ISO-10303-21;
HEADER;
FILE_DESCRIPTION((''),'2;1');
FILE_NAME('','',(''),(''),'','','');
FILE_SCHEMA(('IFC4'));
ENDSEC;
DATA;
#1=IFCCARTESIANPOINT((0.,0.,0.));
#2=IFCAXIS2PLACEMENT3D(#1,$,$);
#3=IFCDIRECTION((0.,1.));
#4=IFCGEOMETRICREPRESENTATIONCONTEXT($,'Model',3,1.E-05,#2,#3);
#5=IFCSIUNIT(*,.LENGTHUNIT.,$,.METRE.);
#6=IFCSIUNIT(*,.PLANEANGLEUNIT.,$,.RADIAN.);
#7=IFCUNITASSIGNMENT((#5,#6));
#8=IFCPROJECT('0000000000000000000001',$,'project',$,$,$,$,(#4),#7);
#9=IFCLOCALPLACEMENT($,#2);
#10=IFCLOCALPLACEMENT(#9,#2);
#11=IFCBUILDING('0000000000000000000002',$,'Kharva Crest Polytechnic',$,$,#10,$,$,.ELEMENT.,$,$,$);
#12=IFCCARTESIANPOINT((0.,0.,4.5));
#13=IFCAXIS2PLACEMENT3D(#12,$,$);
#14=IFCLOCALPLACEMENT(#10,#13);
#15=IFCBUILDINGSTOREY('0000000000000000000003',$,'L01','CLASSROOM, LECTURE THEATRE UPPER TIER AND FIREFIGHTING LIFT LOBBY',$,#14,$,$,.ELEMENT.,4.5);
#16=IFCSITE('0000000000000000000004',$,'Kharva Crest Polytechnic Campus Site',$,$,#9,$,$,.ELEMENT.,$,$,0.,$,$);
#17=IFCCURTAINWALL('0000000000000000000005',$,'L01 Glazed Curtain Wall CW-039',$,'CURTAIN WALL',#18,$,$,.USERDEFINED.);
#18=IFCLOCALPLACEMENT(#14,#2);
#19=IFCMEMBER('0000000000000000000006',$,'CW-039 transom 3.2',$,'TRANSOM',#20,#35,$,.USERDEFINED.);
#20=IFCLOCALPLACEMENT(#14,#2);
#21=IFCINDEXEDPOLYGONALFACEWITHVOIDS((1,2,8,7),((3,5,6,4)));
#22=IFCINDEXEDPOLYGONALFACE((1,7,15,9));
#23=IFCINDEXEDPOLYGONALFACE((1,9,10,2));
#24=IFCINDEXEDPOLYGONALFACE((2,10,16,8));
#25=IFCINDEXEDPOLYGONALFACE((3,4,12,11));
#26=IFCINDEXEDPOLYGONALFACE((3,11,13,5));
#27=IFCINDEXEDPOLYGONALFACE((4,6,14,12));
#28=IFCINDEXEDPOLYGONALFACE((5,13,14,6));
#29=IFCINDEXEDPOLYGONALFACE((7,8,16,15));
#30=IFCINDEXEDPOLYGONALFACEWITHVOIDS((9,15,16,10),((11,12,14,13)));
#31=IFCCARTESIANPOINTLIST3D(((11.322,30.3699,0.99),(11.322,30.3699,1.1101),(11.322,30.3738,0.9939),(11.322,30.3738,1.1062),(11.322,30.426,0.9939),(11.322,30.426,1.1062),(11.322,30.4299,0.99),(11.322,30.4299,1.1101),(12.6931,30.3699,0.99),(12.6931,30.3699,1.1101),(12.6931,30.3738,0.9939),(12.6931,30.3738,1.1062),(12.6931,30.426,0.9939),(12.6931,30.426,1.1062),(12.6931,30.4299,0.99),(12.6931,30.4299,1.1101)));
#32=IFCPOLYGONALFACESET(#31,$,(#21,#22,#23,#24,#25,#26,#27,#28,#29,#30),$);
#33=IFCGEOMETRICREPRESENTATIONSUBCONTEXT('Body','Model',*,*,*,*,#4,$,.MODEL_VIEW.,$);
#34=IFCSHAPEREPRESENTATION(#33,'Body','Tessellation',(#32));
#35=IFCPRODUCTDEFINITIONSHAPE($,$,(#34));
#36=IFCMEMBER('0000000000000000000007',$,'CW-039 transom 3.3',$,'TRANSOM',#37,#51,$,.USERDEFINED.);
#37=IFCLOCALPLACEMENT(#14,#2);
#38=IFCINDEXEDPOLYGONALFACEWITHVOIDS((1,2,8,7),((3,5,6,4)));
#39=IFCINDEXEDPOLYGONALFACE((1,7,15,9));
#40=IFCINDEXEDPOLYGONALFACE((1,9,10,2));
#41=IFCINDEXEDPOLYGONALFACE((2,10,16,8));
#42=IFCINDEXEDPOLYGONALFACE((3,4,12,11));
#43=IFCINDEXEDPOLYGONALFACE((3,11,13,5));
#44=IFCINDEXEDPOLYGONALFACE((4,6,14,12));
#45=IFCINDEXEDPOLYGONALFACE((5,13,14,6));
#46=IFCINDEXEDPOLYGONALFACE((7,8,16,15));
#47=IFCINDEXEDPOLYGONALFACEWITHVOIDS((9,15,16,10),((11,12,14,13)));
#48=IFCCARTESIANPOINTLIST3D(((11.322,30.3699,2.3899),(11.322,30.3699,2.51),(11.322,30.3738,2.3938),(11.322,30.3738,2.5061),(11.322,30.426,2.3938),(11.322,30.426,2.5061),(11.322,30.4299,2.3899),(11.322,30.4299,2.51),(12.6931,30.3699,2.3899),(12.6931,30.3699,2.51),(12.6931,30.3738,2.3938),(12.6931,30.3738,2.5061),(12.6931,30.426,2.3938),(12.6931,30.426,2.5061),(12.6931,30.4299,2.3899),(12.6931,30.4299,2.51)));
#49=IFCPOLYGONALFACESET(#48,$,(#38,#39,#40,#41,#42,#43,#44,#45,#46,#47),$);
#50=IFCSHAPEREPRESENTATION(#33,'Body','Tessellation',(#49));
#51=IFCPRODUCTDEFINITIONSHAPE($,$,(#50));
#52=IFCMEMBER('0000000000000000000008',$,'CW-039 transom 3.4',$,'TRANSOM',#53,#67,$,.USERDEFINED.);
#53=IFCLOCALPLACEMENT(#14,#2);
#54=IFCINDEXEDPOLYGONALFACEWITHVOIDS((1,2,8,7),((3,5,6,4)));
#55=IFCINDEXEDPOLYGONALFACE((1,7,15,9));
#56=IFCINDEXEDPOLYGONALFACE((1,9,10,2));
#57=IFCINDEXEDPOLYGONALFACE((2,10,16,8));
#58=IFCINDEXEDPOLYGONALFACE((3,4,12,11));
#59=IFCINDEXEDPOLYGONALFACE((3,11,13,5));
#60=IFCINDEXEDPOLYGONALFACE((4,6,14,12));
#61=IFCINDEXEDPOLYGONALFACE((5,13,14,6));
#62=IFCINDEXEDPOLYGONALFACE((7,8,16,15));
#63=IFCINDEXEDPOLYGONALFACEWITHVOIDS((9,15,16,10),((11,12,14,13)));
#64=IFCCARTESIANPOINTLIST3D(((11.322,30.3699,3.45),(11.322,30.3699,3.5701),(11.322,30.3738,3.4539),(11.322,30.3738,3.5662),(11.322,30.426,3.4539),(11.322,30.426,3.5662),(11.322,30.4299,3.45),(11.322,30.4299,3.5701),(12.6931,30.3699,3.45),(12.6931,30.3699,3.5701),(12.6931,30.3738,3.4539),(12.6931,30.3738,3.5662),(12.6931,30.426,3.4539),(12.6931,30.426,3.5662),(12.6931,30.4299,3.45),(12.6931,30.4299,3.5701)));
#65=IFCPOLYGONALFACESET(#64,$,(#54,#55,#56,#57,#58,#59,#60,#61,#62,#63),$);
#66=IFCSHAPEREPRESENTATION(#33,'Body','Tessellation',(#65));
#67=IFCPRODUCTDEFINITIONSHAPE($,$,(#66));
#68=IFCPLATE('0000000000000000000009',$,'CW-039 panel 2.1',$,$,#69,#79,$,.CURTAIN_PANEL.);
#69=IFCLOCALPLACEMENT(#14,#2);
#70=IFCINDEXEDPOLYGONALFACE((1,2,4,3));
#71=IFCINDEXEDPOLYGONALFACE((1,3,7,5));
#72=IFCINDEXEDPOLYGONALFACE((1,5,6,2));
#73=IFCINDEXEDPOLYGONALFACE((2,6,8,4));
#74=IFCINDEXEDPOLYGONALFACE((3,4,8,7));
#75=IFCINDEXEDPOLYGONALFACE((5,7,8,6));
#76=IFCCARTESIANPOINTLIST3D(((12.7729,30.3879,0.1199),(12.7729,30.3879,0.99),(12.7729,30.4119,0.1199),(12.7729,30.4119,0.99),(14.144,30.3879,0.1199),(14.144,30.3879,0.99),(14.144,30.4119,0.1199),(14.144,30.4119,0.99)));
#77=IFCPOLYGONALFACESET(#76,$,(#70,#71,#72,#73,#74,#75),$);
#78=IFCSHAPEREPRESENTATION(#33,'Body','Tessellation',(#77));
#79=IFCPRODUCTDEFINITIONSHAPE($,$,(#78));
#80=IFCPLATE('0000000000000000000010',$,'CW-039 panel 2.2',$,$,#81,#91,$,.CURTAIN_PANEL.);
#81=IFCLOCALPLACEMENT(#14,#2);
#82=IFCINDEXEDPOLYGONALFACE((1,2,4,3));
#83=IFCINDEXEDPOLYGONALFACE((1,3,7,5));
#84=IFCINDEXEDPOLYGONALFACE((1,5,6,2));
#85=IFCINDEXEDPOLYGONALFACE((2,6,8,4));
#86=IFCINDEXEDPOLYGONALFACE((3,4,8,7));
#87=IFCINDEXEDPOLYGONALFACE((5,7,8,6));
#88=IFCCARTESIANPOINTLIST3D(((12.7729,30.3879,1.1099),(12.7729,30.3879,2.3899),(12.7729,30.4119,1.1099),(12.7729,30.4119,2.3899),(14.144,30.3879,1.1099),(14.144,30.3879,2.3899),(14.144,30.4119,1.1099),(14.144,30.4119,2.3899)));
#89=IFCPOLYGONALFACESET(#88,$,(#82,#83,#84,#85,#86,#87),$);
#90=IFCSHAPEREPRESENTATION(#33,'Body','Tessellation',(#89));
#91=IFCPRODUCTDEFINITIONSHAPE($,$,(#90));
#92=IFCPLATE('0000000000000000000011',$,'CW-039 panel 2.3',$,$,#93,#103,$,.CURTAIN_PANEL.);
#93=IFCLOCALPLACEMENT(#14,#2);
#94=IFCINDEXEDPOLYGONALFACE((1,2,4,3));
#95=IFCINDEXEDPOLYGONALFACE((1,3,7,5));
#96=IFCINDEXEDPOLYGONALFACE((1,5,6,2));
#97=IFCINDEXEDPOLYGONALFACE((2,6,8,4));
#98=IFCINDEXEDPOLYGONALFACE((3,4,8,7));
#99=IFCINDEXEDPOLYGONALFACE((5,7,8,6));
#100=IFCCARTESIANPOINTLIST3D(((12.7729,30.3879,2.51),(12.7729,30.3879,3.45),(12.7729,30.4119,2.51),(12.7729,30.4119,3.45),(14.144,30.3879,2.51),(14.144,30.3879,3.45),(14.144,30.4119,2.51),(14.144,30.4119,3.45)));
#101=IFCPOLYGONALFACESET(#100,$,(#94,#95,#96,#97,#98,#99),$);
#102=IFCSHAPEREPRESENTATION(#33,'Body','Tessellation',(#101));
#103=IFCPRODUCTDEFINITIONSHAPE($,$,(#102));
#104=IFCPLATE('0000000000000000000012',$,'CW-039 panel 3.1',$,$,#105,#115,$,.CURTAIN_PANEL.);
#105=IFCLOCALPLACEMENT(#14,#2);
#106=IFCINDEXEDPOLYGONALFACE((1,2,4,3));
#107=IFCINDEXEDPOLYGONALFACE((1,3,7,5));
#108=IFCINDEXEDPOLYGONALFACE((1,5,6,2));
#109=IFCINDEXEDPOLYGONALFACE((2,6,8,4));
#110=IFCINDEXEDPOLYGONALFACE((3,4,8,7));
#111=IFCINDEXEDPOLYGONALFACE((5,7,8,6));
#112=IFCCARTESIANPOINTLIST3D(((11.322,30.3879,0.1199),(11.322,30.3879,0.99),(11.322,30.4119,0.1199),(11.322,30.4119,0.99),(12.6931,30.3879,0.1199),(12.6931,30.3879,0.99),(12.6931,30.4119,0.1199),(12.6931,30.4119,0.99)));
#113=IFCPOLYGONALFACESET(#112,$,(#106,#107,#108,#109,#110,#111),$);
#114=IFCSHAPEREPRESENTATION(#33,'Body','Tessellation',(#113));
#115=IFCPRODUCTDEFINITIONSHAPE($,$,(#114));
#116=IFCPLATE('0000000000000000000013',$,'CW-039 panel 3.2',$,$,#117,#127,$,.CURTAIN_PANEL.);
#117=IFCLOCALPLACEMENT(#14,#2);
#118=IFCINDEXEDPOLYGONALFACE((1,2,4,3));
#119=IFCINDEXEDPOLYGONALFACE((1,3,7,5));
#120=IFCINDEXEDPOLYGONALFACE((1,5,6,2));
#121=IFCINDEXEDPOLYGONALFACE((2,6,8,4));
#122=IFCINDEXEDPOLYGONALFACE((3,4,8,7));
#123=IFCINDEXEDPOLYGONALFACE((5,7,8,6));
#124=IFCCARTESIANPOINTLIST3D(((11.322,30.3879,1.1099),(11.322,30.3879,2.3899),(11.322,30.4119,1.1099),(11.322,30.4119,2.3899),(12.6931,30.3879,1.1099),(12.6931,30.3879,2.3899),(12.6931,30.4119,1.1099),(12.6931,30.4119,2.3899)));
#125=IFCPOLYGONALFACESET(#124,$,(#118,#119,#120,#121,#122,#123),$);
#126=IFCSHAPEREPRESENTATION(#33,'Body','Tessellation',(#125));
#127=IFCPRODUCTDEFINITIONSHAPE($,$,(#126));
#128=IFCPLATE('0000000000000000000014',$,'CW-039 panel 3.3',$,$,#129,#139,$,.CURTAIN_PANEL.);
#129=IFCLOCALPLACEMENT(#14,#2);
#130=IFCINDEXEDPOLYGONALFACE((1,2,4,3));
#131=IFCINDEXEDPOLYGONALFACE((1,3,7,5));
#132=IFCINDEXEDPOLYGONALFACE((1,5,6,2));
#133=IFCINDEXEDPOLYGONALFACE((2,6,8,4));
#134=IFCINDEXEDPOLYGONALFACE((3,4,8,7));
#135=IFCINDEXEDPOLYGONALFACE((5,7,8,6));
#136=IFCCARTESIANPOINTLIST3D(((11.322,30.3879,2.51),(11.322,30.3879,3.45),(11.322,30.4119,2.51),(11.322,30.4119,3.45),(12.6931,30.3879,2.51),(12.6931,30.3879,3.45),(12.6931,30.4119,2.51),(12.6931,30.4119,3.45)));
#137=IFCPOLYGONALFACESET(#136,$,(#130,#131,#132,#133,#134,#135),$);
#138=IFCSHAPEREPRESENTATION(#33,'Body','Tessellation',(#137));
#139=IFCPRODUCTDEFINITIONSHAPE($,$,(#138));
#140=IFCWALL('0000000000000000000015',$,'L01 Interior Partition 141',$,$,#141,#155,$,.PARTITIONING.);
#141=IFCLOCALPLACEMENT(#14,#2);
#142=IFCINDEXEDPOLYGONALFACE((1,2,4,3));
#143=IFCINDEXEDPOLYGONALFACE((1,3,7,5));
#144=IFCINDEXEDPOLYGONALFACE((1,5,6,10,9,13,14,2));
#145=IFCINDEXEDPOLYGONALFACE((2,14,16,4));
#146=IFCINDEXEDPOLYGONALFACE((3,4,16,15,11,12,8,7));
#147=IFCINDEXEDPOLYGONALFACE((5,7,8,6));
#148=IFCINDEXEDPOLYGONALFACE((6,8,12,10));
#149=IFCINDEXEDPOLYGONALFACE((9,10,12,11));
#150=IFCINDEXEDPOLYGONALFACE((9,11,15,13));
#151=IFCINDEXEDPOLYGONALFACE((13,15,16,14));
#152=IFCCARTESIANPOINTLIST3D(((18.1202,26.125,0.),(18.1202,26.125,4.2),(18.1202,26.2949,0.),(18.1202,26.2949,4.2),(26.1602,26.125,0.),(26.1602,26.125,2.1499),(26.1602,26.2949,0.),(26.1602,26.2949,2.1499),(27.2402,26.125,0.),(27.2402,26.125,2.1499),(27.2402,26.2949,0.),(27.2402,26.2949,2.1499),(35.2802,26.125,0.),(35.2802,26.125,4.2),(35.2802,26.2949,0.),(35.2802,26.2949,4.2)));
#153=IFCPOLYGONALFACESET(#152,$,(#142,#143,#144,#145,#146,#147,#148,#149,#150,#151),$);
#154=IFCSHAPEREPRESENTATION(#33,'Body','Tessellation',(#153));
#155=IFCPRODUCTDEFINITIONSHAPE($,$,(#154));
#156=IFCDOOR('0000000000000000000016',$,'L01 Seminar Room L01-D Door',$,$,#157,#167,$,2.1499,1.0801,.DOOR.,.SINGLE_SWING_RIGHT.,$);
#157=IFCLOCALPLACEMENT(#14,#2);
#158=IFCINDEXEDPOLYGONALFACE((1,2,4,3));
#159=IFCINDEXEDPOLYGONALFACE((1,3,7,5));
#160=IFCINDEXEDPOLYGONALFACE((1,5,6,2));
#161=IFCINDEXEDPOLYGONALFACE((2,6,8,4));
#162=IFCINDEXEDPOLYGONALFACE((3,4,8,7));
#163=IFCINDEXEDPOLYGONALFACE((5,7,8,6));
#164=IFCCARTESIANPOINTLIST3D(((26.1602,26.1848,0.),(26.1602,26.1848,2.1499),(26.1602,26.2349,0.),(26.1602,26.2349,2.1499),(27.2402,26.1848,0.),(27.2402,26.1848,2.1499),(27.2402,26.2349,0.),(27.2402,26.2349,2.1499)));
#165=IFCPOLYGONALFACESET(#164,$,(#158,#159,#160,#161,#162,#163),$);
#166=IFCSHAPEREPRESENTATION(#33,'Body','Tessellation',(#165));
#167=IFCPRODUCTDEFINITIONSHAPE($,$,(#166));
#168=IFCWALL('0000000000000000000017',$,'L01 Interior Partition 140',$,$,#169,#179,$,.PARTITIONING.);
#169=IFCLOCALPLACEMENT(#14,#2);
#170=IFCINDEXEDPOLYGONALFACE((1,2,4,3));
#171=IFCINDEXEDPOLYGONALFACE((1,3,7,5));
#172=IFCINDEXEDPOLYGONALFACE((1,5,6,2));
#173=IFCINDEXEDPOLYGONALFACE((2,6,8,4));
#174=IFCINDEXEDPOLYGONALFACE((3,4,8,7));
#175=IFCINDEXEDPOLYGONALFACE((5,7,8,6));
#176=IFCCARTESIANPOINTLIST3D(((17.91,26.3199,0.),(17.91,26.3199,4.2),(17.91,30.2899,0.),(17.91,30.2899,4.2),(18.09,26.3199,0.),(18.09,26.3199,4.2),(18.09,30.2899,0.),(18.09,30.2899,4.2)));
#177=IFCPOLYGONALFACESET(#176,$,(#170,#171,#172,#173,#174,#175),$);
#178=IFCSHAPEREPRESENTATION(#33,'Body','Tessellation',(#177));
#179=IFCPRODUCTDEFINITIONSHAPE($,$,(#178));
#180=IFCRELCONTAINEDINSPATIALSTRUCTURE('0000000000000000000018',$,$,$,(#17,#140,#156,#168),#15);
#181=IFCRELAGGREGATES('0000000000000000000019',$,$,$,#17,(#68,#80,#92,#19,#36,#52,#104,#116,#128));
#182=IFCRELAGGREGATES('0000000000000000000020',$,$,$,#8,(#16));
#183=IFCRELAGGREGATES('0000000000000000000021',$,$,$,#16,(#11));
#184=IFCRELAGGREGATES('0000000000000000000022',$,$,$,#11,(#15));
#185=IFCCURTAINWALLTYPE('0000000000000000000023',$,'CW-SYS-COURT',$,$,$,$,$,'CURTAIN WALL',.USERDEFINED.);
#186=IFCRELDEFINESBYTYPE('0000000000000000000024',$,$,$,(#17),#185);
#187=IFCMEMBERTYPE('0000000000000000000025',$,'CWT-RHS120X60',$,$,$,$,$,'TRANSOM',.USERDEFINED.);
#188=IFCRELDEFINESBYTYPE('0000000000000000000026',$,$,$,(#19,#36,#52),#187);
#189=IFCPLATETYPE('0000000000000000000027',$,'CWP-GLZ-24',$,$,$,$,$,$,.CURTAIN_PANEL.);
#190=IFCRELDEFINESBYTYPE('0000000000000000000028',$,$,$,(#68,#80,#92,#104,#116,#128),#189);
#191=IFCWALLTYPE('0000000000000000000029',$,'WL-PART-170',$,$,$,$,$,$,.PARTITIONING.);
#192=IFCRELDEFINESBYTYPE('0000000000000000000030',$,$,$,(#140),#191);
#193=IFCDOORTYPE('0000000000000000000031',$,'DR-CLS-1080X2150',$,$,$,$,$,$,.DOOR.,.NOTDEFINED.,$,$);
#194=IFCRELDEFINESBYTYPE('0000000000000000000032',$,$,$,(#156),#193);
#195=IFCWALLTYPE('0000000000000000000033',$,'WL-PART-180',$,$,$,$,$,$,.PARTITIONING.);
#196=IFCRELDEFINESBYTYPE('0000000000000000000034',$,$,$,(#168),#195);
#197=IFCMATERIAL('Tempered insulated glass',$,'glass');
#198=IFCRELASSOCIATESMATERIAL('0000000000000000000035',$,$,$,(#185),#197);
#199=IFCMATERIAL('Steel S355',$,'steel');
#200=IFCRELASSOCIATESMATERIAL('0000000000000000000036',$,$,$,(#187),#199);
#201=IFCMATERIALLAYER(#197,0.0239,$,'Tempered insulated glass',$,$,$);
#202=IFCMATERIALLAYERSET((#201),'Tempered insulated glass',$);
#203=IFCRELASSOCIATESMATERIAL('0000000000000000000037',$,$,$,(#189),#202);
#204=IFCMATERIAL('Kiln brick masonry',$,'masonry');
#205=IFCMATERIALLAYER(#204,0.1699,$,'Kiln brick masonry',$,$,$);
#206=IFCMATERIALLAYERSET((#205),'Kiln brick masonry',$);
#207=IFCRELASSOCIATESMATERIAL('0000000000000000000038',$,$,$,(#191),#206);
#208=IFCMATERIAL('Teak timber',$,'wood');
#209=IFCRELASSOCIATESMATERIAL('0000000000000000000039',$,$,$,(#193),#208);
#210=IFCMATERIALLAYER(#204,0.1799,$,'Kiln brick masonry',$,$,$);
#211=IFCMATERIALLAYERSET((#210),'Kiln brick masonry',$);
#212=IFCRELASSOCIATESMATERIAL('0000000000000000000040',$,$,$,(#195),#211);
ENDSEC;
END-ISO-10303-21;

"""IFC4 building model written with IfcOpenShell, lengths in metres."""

from ifc_helpers import new_model, si_unit, direction, frame, frame_2d, origin, origin_2d, place, context, subcontext, project, spatial, rectangle, hollow_rectangle, extrude, material, layer, layer_set, material_profile, profile_set, type_object, element, fill, aggregate, save


model = new_model("IFC4")

# Units and contexts
model_context = context("Model", 3, precision=1e-05, world=origin(), true_north=direction((0.0, 1.0)))
body_context = subcontext(model_context, "Body", "Model", "MODEL_VIEW")
ifc_project = project(units=[si_unit("LENGTHUNIT", "METRE"), si_unit("PLANEANGLEUNIT", "RADIAN")], contexts=[model_context])

# Site, building, storey
site_placement = place(None, origin())
site = spatial("IfcSite", under=ifc_project, at=site_placement, Name="Kharva Crest Polytechnic Campus Site", CompositionType="ELEMENT", RefElevation=0.0)
building_placement = place(site_placement, origin())
building = spatial("IfcBuilding", under=site, at=building_placement, Name="Kharva Crest Polytechnic", CompositionType="ELEMENT")
storey_placement = place(building_placement, frame((0.0, 0.0, 4.5)))
storey = spatial("IfcBuildingStorey", under=building, at=storey_placement, Name="L01", Description="CLASSROOM, LECTURE THEATRE UPPER TIER AND FIREFIGHTING LIFT LOBBY", CompositionType="ELEMENT", Elevation=4.5)

# Curtain wall, members, plates
ifc_material_1 = material(Name="Tempered insulated glass", Category="glass")
curtain_wall_type = type_object("IfcCurtainWallType", Name="CW-SYS-COURT", ElementType="CURTAIN WALL", PredefinedType="USERDEFINED", material=ifc_material_1)
curtain_wall_placement = place(storey_placement, origin())
curtain_wall = element("IfcCurtainWall", 1, at=curtain_wall_placement, inside=storey, type_object=curtain_wall_type, Name="L01 Glazed Curtain Wall CW-039", ObjectType="CURTAIN WALL", PredefinedType="USERDEFINED")
ifc_material_2 = material(Name="Steel S355", Category="steel")
ifc_material_profile_1 = material_profile(ifc_material_2, hollow_rectangle(XDim=0.0601, YDim=0.1201, WallThickness=0.0039, at=origin_2d()), Name="RHS 120X60X4.0")
ifc_profile_set_1 = profile_set([ifc_material_profile_1], Name="Steel S355")
member_type_1 = type_object("IfcMemberType", Name="CWT-RHS120X60", ElementType="TRANSOM", PredefinedType="USERDEFINED", material=ifc_profile_set_1)
member_1_placement = place(storey_placement, frame((12.6931, 30.3999, 1.05), z_axis=(-1.0, 0.0, 0.0), x_axis=(0.0, -1.0, 0.0)))
member_1 = element("IfcMember", 2, at=member_1_placement, type_object=member_type_1, Name="CW-039 transom 3.2", ObjectType="TRANSOM", PredefinedType="USERDEFINED", context=body_context, shape_type="SweptSolid", body=[
    extrude(hollow_rectangle(XDim=0.0601, YDim=0.1201, WallThickness=0.0039, at=origin_2d()), origin(), (0.0, 0.0, 1.0), 1.3711),
])
member_2_placement = place(storey_placement, frame((12.6931, 30.3999, 2.45), z_axis=(-1.0, 0.0, 0.0), x_axis=(0.0, -1.0, 0.0)))
member_2 = element("IfcMember", 3, at=member_2_placement, type_object=member_type_1, Name="CW-039 transom 3.3", ObjectType="TRANSOM", PredefinedType="USERDEFINED", context=body_context, shape_type="SweptSolid", body=[
    extrude(hollow_rectangle(XDim=0.0601, YDim=0.1201, WallThickness=0.0039, at=origin_2d()), origin(), (0.0, 0.0, 1.0), 1.3711),
])
member_3_placement = place(storey_placement, frame((12.6931, 30.3999, 3.51), z_axis=(-1.0, 0.0, 0.0), x_axis=(0.0, -1.0, 0.0)))
member_3 = element("IfcMember", 4, at=member_3_placement, type_object=member_type_1, Name="CW-039 transom 3.4", ObjectType="TRANSOM", PredefinedType="USERDEFINED", context=body_context, shape_type="SweptSolid", body=[
    extrude(hollow_rectangle(XDim=0.0601, YDim=0.1201, WallThickness=0.0039, at=origin_2d()), origin(), (0.0, 0.0, 1.0), 1.3711),
])
ifc_layer_1 = layer(ifc_material_1, 0.0239, Name="Tempered insulated glass")
ifc_layer_set_1 = layer_set([ifc_layer_1], Name="Tempered insulated glass")
plate_type = type_object("IfcPlateType", Name="CWP-GLZ-24", PredefinedType="CURTAIN_PANEL", material=ifc_layer_set_1)
plate_1_placement = place(storey_placement, frame((13.4585, 30.3999, 0.1199), z_axis=(0.0, 0.0, 1.0), x_axis=(-1.0, 0.0, 0.0)))
plate_1 = element("IfcPlate", 5, at=plate_1_placement, type_object=plate_type, Name="CW-039 panel 2.1", PredefinedType="CURTAIN_PANEL", context=body_context, shape_type="SweptSolid", body=[
    extrude(rectangle(XDim=1.3711, YDim=0.0239, at=origin_2d()), origin(), (0.0, 0.0, 1.0), 0.8701),
])
plate_2_placement = place(storey_placement, frame((13.4585, 30.3999, 1.1099), z_axis=(0.0, 0.0, 1.0), x_axis=(-1.0, 0.0, 0.0)))
plate_2 = element("IfcPlate", 6, at=plate_2_placement, type_object=plate_type, Name="CW-039 panel 2.2", PredefinedType="CURTAIN_PANEL", context=body_context, shape_type="SweptSolid", body=[
    extrude(rectangle(XDim=1.3711, YDim=0.0239, at=origin_2d()), origin(), (0.0, 0.0, 1.0), 1.28),
])
plate_3_placement = place(storey_placement, frame((13.4585, 30.3999, 2.51), z_axis=(0.0, 0.0, 1.0), x_axis=(-1.0, 0.0, 0.0)))
plate_3 = element("IfcPlate", 7, at=plate_3_placement, type_object=plate_type, Name="CW-039 panel 2.3", PredefinedType="CURTAIN_PANEL", context=body_context, shape_type="SweptSolid", body=[
    extrude(rectangle(XDim=1.3711, YDim=0.0239, at=origin_2d()), origin(), (0.0, 0.0, 1.0), 0.9399),
])
plate_4_placement = place(storey_placement, frame((12.0076, 30.3999, 0.1199), z_axis=(0.0, 0.0, 1.0), x_axis=(-1.0, 0.0, 0.0)))
plate_4 = element("IfcPlate", 8, at=plate_4_placement, type_object=plate_type, Name="CW-039 panel 3.1", PredefinedType="CURTAIN_PANEL", context=body_context, shape_type="SweptSolid", body=[
    extrude(rectangle(XDim=1.3711, YDim=0.0239, at=origin_2d()), origin(), (0.0, 0.0, 1.0), 0.8701),
])
plate_5_placement = place(storey_placement, frame((12.0076, 30.3999, 1.1099), z_axis=(0.0, 0.0, 1.0), x_axis=(-1.0, 0.0, 0.0)))
plate_5 = element("IfcPlate", 9, at=plate_5_placement, type_object=plate_type, Name="CW-039 panel 3.2", PredefinedType="CURTAIN_PANEL", context=body_context, shape_type="SweptSolid", body=[
    extrude(rectangle(XDim=1.3711, YDim=0.0239, at=origin_2d()), origin(), (0.0, 0.0, 1.0), 1.28),
])
plate_6_placement = place(storey_placement, frame((12.0076, 30.3999, 2.51), z_axis=(0.0, 0.0, 1.0), x_axis=(-1.0, 0.0, 0.0)))
plate_6 = element("IfcPlate", 10, at=plate_6_placement, type_object=plate_type, Name="CW-039 panel 3.3", PredefinedType="CURTAIN_PANEL", context=body_context, shape_type="SweptSolid", body=[
    extrude(rectangle(XDim=1.3711, YDim=0.0239, at=origin_2d()), origin(), (0.0, 0.0, 1.0), 0.9399),
])
aggregate(curtain_wall, [plate_1, plate_2, plate_3, member_1, member_2, member_3, plate_4, plate_5, plate_6])

# Wall, opening, door
ifc_material_3 = material(Name="Kiln brick masonry", Category="masonry")
ifc_layer_2 = layer(ifc_material_3, 0.1699, Name="Kiln brick masonry")
ifc_layer_set_2 = layer_set([ifc_layer_2], Name="Kiln brick masonry")
wall_type_1 = type_object("IfcWallType", Name="WL-PART-170", PredefinedType="PARTITIONING", material=ifc_layer_set_2)
wall_1_placement = place(storey_placement, frame((18.1201, 26.21, 0.0), z_axis=(0.0, 0.0, 1.0), x_axis=(1.0, 0.0, 0.0)))
wall_1 = element("IfcWall", 11, at=wall_1_placement, inside=storey, type_object=wall_type_1, Name="L01 Interior Partition 141", PredefinedType="PARTITIONING", context=body_context, shape_type="SweptSolid", body=[
    extrude(rectangle(XDim=17.1599, YDim=0.1699, at=frame_2d((8.5801, 0.0))), origin(), (0.0, 0.0, 1.0), 4.2),
])
opening_placement = place(wall_1_placement, frame((8.04, 0.0, 0.0)))
opening = element("IfcOpeningElement", 12, at=opening_placement, cuts=wall_1, PredefinedType="OPENING", context=body_context, shape_type="SweptSolid", body=[
    extrude(rectangle(XDim=1.0801, YDim=2.1499, at=frame_2d((0.54, 1.075))), frame((0.0, 0.095, 0.0), z_axis=(0.0, -1.0, 0.0), x_axis=(1.0, 0.0, 0.0)), (0.0, 0.0, 1.0), 0.1899),
])
ifc_material_4 = material(Name="Teak timber", Category="wood")
door_type = type_object("IfcDoorType", Name="DR-CLS-1080X2150", OperationType="NOTDEFINED", PredefinedType="DOOR", material=ifc_material_4)
door_placement = place(opening_placement, origin())
door = element("IfcDoor", 13, at=door_placement, inside=storey, type_object=door_type, Name="L01 Seminar Room L01-D Door", OperationType="SINGLE_SWING_RIGHT", OverallHeight=2.1499, OverallWidth=1.0801, PredefinedType="DOOR", context=body_context, shape_type="SweptSolid", body=[
    extrude(rectangle(XDim=1.0801, YDim=2.1499, at=frame_2d((0.54, 1.075))), frame((0.0, 0.0249, 0.0), z_axis=(0.0, -1.0, 0.0), x_axis=(1.0, 0.0, 0.0)), (0.0, 0.0, 1.0), 0.05),
])
fill(opening, door)

# Wall
ifc_layer_3 = layer(ifc_material_3, 0.1799, Name="Kiln brick masonry")
ifc_layer_set_3 = layer_set([ifc_layer_3], Name="Kiln brick masonry")
wall_type_2 = type_object("IfcWallType", Name="WL-PART-180", PredefinedType="PARTITIONING", material=ifc_layer_set_3)
wall_2_placement = place(storey_placement, frame((18.0, 26.3201, 0.0), z_axis=(0.0, 0.0, 1.0), x_axis=(0.0, 1.0, 0.0)))
element("IfcWall", 14, at=wall_2_placement, inside=storey, type_object=wall_type_2, Name="L01 Interior Partition 140", PredefinedType="PARTITIONING", context=body_context, shape_type="SweptSolid", body=[
    extrude(rectangle(XDim=3.97, YDim=0.1799, at=frame_2d((1.9849, 0.0))), origin(), (0.0, 0.0, 1.0), 4.2),
])

save(model, "model.ifc")
